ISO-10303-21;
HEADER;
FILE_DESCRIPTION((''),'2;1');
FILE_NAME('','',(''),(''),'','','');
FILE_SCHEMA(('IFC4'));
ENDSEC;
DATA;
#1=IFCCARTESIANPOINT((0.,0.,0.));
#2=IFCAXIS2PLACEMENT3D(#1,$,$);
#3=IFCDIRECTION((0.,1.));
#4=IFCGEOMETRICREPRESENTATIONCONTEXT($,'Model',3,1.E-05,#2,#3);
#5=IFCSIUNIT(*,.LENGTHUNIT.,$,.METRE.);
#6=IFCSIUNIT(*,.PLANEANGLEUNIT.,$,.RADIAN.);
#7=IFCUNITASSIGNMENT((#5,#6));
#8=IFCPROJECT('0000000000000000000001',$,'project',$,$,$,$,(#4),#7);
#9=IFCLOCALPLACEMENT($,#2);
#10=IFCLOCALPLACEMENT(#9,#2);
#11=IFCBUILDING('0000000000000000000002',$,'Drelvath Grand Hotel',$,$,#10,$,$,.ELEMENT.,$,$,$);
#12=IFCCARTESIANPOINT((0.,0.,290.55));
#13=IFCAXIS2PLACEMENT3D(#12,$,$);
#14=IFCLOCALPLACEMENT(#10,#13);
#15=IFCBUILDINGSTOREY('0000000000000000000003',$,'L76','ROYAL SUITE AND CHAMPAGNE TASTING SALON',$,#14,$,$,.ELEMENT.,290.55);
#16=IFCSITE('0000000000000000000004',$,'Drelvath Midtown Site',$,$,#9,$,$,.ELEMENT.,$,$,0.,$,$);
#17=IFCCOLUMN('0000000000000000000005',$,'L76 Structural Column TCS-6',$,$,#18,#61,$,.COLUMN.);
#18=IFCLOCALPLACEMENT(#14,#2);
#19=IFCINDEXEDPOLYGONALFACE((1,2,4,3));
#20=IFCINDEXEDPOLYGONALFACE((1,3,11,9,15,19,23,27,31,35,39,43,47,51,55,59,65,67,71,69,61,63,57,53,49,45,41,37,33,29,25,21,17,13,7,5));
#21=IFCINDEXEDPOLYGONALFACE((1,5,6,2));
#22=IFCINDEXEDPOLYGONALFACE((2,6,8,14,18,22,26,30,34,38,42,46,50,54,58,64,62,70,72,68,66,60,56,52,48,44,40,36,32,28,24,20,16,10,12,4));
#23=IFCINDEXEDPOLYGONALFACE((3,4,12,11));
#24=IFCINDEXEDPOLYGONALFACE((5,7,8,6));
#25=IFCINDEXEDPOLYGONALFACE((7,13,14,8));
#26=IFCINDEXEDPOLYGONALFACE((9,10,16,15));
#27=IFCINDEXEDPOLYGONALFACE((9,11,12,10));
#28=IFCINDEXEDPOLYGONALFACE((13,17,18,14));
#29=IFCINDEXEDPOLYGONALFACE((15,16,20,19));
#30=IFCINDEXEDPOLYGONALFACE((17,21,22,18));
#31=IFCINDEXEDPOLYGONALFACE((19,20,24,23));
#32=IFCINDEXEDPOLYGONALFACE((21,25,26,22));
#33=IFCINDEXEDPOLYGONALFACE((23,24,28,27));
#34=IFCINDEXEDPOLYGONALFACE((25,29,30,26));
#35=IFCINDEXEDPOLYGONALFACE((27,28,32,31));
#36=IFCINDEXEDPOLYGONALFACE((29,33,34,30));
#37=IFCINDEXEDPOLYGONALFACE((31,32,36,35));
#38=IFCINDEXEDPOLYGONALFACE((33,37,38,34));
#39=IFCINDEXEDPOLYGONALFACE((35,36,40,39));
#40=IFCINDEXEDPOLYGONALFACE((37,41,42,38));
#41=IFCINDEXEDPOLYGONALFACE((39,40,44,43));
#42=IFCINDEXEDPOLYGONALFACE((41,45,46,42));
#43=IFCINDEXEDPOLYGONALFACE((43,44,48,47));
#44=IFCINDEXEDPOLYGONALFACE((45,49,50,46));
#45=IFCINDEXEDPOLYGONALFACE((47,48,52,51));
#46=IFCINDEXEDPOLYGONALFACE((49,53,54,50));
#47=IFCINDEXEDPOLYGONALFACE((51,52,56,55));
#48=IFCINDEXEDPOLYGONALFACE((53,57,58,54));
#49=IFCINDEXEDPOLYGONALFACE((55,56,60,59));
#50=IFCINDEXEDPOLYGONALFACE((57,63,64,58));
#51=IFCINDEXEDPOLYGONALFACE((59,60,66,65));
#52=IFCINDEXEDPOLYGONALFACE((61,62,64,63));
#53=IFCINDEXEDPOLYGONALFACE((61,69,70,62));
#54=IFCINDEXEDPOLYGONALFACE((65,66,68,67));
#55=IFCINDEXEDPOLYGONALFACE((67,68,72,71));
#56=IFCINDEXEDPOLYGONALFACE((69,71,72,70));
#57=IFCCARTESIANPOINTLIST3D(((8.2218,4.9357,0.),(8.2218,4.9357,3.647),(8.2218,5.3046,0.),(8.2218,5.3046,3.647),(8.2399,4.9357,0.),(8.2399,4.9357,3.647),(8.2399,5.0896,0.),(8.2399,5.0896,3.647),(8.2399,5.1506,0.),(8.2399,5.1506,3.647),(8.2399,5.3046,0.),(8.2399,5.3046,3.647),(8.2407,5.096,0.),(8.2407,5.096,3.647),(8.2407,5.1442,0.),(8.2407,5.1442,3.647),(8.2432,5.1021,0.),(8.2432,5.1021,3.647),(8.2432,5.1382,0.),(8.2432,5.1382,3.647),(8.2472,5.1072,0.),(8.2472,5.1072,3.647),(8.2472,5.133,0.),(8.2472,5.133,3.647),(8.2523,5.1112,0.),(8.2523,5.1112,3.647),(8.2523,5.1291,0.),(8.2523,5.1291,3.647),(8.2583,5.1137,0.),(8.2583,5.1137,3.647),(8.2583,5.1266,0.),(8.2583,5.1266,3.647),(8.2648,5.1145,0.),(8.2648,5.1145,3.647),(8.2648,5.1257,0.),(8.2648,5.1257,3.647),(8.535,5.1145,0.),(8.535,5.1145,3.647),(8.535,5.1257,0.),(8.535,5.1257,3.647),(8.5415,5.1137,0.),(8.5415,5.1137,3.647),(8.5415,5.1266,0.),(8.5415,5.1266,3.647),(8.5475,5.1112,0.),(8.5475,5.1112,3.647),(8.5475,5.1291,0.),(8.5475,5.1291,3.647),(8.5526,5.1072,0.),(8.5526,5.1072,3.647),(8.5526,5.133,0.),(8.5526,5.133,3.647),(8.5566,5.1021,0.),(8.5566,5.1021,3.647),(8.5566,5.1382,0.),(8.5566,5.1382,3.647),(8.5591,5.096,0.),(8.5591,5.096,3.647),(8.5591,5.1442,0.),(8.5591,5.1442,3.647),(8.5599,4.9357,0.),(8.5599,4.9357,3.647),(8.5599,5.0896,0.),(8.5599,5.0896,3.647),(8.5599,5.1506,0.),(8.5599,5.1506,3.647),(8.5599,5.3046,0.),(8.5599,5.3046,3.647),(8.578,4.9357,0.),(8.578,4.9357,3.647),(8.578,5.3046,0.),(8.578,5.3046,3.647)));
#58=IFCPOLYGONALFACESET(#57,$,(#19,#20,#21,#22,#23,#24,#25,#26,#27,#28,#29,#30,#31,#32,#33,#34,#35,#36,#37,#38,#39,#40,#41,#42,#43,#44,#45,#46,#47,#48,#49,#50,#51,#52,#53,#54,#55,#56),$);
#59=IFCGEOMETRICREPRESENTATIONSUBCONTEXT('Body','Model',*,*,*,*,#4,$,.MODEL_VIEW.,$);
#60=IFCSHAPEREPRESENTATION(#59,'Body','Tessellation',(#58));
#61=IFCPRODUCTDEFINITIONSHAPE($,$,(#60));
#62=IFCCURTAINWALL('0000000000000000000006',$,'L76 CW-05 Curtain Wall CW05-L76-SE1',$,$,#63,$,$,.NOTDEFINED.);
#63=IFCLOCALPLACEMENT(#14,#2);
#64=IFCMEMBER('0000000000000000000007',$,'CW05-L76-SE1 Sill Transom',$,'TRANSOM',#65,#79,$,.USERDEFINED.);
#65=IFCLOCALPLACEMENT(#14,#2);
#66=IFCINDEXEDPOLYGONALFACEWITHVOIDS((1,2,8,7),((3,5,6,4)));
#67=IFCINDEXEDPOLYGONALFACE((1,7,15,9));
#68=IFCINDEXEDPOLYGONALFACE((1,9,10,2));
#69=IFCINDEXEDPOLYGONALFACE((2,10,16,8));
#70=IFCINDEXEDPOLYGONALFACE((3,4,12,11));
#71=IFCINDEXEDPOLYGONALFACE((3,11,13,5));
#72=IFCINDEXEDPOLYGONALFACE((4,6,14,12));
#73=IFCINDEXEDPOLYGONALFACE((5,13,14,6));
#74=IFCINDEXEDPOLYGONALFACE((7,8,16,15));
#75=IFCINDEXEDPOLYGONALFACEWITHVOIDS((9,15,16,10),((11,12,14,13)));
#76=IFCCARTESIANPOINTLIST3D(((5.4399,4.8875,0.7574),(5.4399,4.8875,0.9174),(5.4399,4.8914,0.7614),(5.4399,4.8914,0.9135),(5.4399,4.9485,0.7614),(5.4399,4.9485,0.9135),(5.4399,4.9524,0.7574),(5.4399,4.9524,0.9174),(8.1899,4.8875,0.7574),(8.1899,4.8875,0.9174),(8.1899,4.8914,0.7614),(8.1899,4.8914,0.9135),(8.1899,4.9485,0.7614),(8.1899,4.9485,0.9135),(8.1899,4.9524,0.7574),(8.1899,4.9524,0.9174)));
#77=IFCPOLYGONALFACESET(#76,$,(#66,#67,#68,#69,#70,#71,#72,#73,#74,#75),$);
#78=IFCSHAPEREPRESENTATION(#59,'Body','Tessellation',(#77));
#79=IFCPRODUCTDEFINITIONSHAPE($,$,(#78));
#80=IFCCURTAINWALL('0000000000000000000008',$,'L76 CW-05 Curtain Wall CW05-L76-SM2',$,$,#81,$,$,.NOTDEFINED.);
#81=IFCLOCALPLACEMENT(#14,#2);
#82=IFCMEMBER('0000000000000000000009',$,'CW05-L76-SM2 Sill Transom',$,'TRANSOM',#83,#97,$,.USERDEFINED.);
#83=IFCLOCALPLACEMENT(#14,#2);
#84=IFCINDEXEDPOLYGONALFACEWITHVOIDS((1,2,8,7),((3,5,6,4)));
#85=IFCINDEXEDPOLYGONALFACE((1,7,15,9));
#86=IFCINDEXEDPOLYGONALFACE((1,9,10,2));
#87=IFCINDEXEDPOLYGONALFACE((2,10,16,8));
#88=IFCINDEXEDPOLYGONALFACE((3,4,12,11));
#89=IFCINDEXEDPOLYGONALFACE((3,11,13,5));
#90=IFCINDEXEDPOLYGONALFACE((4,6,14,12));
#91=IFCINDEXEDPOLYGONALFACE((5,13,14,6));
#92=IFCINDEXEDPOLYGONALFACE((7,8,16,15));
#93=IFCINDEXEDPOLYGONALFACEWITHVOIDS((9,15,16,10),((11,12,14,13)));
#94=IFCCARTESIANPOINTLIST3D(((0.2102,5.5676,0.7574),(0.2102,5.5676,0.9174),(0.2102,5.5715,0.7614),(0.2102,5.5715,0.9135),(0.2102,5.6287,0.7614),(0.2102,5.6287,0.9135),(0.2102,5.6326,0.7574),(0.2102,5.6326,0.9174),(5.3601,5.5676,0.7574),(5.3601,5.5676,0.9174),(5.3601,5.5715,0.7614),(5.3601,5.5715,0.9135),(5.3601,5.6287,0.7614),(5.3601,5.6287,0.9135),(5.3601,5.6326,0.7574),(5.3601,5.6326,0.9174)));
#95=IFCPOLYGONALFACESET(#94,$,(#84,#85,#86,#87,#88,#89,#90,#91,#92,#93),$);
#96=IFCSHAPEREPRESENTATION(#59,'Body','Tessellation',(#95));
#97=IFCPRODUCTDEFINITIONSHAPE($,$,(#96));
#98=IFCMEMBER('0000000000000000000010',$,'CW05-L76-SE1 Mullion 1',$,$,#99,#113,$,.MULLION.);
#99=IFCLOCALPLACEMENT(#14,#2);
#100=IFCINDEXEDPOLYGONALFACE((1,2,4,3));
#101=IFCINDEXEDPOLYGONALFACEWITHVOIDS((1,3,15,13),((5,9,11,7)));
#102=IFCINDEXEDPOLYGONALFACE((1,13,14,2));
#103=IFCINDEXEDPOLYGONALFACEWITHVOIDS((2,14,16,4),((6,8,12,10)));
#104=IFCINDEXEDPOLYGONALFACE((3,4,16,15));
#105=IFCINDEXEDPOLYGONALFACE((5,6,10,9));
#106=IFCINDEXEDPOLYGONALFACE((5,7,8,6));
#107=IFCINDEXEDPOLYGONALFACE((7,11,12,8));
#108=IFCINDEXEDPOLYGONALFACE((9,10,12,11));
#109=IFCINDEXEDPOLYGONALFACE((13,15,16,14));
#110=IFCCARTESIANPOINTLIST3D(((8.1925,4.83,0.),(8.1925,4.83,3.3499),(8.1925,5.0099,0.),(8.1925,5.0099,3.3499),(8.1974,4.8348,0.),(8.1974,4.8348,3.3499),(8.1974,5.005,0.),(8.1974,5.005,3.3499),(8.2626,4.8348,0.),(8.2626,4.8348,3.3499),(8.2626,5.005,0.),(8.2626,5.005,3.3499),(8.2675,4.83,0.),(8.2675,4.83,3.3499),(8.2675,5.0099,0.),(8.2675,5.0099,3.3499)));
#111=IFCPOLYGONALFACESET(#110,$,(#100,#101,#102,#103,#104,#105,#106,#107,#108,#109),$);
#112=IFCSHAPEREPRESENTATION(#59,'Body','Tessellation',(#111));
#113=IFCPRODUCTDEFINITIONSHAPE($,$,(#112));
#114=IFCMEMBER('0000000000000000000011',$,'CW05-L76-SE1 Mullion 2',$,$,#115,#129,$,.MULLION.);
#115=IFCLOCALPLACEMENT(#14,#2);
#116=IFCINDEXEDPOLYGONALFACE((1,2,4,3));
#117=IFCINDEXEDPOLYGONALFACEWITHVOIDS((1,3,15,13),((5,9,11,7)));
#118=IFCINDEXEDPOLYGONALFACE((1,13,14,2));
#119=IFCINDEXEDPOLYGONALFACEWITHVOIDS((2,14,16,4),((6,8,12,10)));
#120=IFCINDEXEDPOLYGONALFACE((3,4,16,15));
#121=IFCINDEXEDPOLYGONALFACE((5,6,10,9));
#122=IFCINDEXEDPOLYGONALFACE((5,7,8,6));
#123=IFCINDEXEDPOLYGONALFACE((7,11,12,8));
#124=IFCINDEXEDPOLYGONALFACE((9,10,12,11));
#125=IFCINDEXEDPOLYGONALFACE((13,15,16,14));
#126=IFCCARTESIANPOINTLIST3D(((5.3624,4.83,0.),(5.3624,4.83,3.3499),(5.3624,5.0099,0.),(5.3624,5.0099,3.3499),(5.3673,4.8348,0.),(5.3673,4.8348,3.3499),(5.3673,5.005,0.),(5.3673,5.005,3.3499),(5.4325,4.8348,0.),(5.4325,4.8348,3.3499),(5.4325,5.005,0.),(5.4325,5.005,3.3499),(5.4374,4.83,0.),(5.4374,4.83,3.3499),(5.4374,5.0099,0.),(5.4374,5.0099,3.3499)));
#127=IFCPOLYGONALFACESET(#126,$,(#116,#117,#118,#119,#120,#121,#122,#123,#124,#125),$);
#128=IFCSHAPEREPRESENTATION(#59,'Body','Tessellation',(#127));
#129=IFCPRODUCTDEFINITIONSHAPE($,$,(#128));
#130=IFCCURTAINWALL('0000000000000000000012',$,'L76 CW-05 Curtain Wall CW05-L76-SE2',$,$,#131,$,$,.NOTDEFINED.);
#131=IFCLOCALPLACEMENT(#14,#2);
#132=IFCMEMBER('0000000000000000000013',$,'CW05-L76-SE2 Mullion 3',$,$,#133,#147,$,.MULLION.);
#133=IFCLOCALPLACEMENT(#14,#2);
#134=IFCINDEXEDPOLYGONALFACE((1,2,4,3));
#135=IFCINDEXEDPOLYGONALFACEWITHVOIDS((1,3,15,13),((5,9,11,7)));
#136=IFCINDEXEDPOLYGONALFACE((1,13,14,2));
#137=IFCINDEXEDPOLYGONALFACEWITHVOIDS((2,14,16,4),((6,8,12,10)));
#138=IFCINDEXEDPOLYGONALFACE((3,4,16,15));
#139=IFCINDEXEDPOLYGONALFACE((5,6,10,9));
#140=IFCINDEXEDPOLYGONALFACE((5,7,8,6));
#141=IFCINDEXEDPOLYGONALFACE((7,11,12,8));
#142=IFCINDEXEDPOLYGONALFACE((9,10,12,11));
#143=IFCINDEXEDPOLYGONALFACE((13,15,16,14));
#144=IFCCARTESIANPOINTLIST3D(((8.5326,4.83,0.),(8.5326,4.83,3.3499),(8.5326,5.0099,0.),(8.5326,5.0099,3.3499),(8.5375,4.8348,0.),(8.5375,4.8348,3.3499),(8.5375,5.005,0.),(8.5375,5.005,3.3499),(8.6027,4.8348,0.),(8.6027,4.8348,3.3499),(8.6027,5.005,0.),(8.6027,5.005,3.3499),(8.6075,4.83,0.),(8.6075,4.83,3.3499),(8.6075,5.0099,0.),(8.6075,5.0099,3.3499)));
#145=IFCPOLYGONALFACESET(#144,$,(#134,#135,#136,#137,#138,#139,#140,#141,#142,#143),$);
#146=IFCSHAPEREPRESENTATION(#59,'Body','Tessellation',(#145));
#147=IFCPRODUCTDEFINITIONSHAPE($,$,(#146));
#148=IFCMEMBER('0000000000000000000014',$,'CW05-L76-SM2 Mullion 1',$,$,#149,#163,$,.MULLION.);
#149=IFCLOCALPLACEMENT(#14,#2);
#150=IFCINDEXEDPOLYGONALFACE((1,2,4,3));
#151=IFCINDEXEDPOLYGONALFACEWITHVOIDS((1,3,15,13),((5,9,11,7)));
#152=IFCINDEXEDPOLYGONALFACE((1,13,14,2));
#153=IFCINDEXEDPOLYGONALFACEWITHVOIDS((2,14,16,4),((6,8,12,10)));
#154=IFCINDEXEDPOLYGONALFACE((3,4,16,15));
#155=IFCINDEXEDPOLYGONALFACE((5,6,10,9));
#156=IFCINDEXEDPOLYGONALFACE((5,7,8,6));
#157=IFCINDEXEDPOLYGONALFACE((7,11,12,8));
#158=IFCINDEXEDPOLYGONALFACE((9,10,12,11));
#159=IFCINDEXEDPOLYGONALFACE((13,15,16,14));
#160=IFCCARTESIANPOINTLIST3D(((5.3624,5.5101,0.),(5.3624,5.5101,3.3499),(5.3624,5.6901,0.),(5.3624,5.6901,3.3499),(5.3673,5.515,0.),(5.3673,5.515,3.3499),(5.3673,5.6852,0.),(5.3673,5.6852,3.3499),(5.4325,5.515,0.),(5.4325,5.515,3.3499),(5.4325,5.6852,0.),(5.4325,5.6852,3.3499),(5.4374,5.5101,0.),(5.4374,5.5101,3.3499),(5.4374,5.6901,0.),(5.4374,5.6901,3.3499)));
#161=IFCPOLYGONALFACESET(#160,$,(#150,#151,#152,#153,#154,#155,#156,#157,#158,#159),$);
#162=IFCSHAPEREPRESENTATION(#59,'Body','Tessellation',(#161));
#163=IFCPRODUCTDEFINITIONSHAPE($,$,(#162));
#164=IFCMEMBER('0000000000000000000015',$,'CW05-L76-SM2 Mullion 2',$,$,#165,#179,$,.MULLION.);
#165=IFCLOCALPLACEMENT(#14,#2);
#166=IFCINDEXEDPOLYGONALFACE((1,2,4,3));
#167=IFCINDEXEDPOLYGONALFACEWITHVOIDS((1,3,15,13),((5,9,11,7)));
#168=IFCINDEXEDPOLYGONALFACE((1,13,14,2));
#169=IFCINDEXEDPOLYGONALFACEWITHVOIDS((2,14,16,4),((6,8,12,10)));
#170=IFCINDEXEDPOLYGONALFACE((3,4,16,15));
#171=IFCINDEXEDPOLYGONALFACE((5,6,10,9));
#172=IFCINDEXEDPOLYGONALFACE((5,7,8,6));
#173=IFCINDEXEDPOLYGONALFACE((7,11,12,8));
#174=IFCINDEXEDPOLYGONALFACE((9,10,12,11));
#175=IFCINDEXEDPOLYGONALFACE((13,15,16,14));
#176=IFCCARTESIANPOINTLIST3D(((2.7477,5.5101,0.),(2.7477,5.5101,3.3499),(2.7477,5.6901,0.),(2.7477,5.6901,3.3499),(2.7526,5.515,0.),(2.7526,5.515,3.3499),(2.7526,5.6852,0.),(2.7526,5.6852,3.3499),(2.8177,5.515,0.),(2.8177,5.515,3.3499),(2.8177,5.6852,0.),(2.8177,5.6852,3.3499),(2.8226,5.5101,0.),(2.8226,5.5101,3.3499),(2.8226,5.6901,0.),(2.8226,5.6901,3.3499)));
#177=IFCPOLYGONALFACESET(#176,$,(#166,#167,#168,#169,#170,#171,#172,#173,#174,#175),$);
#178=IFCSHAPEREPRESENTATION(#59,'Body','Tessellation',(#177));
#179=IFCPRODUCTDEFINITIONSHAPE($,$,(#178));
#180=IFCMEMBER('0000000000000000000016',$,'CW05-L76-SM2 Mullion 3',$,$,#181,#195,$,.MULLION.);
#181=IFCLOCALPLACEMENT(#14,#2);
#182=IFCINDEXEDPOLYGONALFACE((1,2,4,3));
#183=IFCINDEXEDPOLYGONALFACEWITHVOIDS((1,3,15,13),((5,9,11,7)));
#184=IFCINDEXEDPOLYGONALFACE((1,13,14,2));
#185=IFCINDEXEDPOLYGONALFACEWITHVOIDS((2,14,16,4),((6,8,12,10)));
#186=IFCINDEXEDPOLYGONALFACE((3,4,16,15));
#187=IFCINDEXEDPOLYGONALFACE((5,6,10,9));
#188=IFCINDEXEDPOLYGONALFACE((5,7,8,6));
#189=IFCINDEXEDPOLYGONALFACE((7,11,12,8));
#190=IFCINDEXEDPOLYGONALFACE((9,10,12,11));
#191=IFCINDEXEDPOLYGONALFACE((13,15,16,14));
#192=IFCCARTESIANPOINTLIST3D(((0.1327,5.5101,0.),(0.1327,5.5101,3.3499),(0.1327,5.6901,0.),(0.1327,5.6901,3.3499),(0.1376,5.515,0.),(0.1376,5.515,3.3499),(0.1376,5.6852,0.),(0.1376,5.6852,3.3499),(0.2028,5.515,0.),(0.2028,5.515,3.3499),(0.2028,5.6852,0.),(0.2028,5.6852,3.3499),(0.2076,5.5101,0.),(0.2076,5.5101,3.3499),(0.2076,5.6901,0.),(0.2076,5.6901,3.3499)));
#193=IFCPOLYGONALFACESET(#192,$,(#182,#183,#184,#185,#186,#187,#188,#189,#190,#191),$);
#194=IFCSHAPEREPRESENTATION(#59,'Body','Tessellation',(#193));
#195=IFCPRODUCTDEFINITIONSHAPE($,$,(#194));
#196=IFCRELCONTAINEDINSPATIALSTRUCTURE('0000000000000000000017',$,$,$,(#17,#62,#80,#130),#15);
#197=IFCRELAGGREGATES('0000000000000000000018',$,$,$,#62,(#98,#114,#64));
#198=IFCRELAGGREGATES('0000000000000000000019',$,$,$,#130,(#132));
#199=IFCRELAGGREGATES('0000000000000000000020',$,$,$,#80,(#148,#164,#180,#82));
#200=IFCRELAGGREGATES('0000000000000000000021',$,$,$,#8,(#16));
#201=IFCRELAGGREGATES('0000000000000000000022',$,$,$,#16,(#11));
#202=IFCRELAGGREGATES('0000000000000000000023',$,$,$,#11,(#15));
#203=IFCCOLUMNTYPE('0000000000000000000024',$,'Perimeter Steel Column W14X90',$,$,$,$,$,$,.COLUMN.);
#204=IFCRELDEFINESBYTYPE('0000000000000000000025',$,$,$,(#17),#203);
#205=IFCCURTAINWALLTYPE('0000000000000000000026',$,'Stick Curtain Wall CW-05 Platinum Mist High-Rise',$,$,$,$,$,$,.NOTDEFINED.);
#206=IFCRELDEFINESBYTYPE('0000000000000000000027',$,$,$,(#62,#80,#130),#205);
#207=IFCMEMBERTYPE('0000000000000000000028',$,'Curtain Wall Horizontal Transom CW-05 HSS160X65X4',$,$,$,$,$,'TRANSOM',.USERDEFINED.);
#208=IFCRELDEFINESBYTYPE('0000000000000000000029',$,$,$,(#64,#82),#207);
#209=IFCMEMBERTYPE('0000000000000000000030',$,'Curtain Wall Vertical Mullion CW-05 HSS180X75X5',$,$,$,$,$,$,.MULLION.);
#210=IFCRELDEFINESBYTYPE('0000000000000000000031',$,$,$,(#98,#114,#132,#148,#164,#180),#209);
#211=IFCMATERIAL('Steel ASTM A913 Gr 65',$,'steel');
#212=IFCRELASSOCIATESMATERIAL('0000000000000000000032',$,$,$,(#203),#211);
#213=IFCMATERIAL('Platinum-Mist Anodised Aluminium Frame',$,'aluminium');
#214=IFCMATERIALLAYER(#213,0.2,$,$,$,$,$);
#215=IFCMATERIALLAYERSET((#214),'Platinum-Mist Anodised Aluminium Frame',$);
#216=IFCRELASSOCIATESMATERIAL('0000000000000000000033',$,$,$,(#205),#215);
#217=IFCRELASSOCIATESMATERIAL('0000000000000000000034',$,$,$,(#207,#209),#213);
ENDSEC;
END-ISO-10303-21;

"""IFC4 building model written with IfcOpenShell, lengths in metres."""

from ifc_helpers import new_model, si_unit, direction, frame, origin, origin_2d, place, context, subcontext, project, spatial, hollow_rectangle, i_section, extrude, material, layer, layer_set, material_profile, profile_set, type_object, element, aggregate, save


model = new_model("IFC4")

# Units and contexts
model_context = context("Model", 3, precision=1e-05, world=origin(), true_north=direction((0.0, 1.0)))
body_context = subcontext(model_context, "Body", "Model", "MODEL_VIEW")
ifc_project = project(units=[si_unit("LENGTHUNIT", "METRE"), si_unit("PLANEANGLEUNIT", "RADIAN")], contexts=[model_context])

# Site, building, storey
site_placement = place(None, origin())
site = spatial("IfcSite", under=ifc_project, at=site_placement, Name="Drelvath Midtown Site", CompositionType="ELEMENT", RefElevation=0.0)
building_placement = place(site_placement, origin())
building = spatial("IfcBuilding", under=site, at=building_placement, Name="Drelvath Grand Hotel", CompositionType="ELEMENT")
storey_placement = place(building_placement, frame((0.0, 0.0, 290.55)))
storey = spatial("IfcBuildingStorey", under=building, at=storey_placement, Name="L76", Description="ROYAL SUITE AND CHAMPAGNE TASTING SALON", CompositionType="ELEMENT", Elevation=290.55)

# Column
ifc_material_1 = material(Name="Steel ASTM A913 Gr 65", Category="steel")
ifc_material_profile_1 = material_profile(ifc_material_1, i_section(OverallWidth=0.3689, OverallDepth=0.3562, WebThickness=0.0112, FlangeThickness=0.0181, FilletRadius=0.0249, at=origin_2d()), Name="W14X90")
ifc_profile_set_1 = profile_set([ifc_material_profile_1], Name="Steel ASTM A913 Gr 65")
column_type = type_object("IfcColumnType", Name="Perimeter Steel Column W14X90", PredefinedType="COLUMN", material=ifc_profile_set_1)
column_placement = place(storey_placement, frame((8.3999, 5.1201, 0.0), z_axis=(0.0, 0.0, 1.0), x_axis=(0.0, 1.0, 0.0)))
element("IfcColumn", 1, at=column_placement, inside=storey, type_object=column_type, Name="L76 Structural Column TCS-6", PredefinedType="COLUMN", context=body_context, shape_type="SweptSolid", body=[
    extrude(i_section(OverallWidth=0.3689, OverallDepth=0.3562, WebThickness=0.0112, FlangeThickness=0.0181, FilletRadius=0.0249, at=origin_2d()), origin(), (0.0, 0.0, 1.0), 3.647),
])

# Curtain walls, members
ifc_material_2 = material(Name="Platinum-Mist Anodised Aluminium Frame", Category="aluminium")
ifc_layer_1 = layer(ifc_material_2, 0.2)
ifc_layer_set_1 = layer_set([ifc_layer_1], Name="Platinum-Mist Anodised Aluminium Frame")
curtain_wall_type = type_object("IfcCurtainWallType", Name="Stick Curtain Wall CW-05 Platinum Mist High-Rise", PredefinedType="NOTDEFINED", material=ifc_layer_set_1)
curtain_wall_1_placement = place(storey_placement, origin())
curtain_wall_1 = element("IfcCurtainWall", 2, at=curtain_wall_1_placement, inside=storey, type_object=curtain_wall_type, Name="L76 CW-05 Curtain Wall CW05-L76-SE1", PredefinedType="NOTDEFINED")
ifc_material_profile_2 = material_profile(ifc_material_2, hollow_rectangle(XDim=0.0649, YDim=0.1599, WallThickness=0.0039, at=origin_2d()), Name="HSS160X65X4")
ifc_profile_set_2 = profile_set([ifc_material_profile_2], Name="Platinum-Mist Anodised Aluminium Frame")
member_type_1 = type_object("IfcMemberType", Name="Curtain Wall Horizontal Transom CW-05 HSS160X65X4", ElementType="TRANSOM", PredefinedType="USERDEFINED", material=ifc_profile_set_2)
member_1_placement = place(storey_placement, frame((8.1899, 4.9199, 0.8374), z_axis=(-1.0, 0.0, 0.0), x_axis=(0.0, -1.0, 0.0)))
member_1 = element("IfcMember", 3, at=member_1_placement, type_object=member_type_1, Name="CW05-L76-SE1 Sill Transom", ObjectType="TRANSOM", PredefinedType="USERDEFINED", context=body_context, shape_type="SweptSolid", body=[
    extrude(hollow_rectangle(XDim=0.0649, YDim=0.1599, WallThickness=0.0039, at=origin_2d()), origin(), (0.0, 0.0, 1.0), 2.75),
])
curtain_wall_2_placement = place(storey_placement, origin())
curtain_wall_2 = element("IfcCurtainWall", 4, at=curtain_wall_2_placement, inside=storey, type_object=curtain_wall_type, Name="L76 CW-05 Curtain Wall CW05-L76-SM2", PredefinedType="NOTDEFINED")
member_2_placement = place(storey_placement, frame((5.3601, 5.6001, 0.8374), z_axis=(-1.0, 0.0, 0.0), x_axis=(0.0, -1.0, 0.0)))
member_2 = element("IfcMember", 5, at=member_2_placement, type_object=member_type_1, Name="CW05-L76-SM2 Sill Transom", ObjectType="TRANSOM", PredefinedType="USERDEFINED", context=body_context, shape_type="SweptSolid", body=[
    extrude(hollow_rectangle(XDim=0.0649, YDim=0.1599, WallThickness=0.0039, at=origin_2d()), origin(), (0.0, 0.0, 1.0), 5.1499),
])

# Members
ifc_material_profile_3 = material_profile(ifc_material_2, hollow_rectangle(XDim=0.075, YDim=0.1799, WallThickness=0.0049, at=origin_2d()), Name="HSS180X75X5")
ifc_profile_set_3 = profile_set([ifc_material_profile_3], Name="Platinum-Mist Anodised Aluminium Frame")
member_type_2 = type_object("IfcMemberType", Name="Curtain Wall Vertical Mullion CW-05 HSS180X75X5", PredefinedType="MULLION", material=ifc_profile_set_3)
member_3_placement = place(storey_placement, frame((8.23, 4.9199, 0.0), z_axis=(0.0, 0.0, 1.0), x_axis=(1.0, 0.0, 0.0)))
member_3 = element("IfcMember", 6, at=member_3_placement, type_object=member_type_2, Name="CW05-L76-SE1 Mullion 1", PredefinedType="MULLION", context=body_context, shape_type="SweptSolid", body=[
    extrude(hollow_rectangle(XDim=0.075, YDim=0.1799, WallThickness=0.0049, at=origin_2d()), origin(), (0.0, 0.0, 1.0), 3.3499),
])
member_4_placement = place(storey_placement, frame((5.3999, 4.9199, 0.0), z_axis=(0.0, 0.0, 1.0), x_axis=(1.0, 0.0, 0.0)))
member_4 = element("IfcMember", 7, at=member_4_placement, type_object=member_type_2, Name="CW05-L76-SE1 Mullion 2", PredefinedType="MULLION", context=body_context, shape_type="SweptSolid", body=[
    extrude(hollow_rectangle(XDim=0.075, YDim=0.1799, WallThickness=0.0049, at=origin_2d()), origin(), (0.0, 0.0, 1.0), 3.3499),
])

# Curtain wall, member
curtain_wall_3_placement = place(storey_placement, origin())
curtain_wall_3 = element("IfcCurtainWall", 8, at=curtain_wall_3_placement, inside=storey, type_object=curtain_wall_type, Name="L76 CW-05 Curtain Wall CW05-L76-SE2", PredefinedType="NOTDEFINED")
member_5_placement = place(storey_placement, frame((8.5701, 4.9199, 0.0), z_axis=(0.0, 0.0, 1.0), x_axis=(1.0, 0.0, 0.0)))
member_5 = element("IfcMember", 9, at=member_5_placement, type_object=member_type_2, Name="CW05-L76-SE2 Mullion 3", PredefinedType="MULLION", context=body_context, shape_type="SweptSolid", body=[
    extrude(hollow_rectangle(XDim=0.075, YDim=0.1799, WallThickness=0.0049, at=origin_2d()), origin(), (0.0, 0.0, 1.0), 3.3499),
])

# Members
member_6_placement = place(storey_placement, frame((5.3999, 5.6001, 0.0), z_axis=(0.0, 0.0, 1.0), x_axis=(1.0, 0.0, 0.0)))
member_6 = element("IfcMember", 10, at=member_6_placement, type_object=member_type_2, Name="CW05-L76-SM2 Mullion 1", PredefinedType="MULLION", context=body_context, shape_type="SweptSolid", body=[
    extrude(hollow_rectangle(XDim=0.075, YDim=0.1799, WallThickness=0.0049, at=origin_2d()), origin(), (0.0, 0.0, 1.0), 3.3499),
])
member_7_placement = place(storey_placement, frame((2.7852, 5.6001, 0.0), z_axis=(0.0, 0.0, 1.0), x_axis=(1.0, 0.0, 0.0)))
member_7 = element("IfcMember", 11, at=member_7_placement, type_object=member_type_2, Name="CW05-L76-SM2 Mullion 2", PredefinedType="MULLION", context=body_context, shape_type="SweptSolid", body=[
    extrude(hollow_rectangle(XDim=0.075, YDim=0.1799, WallThickness=0.0049, at=origin_2d()), origin(), (0.0, 0.0, 1.0), 3.3499),
])
member_8_placement = place(storey_placement, frame((0.1702, 5.6001, 0.0), z_axis=(0.0, 0.0, 1.0), x_axis=(1.0, 0.0, 0.0)))
member_8 = element("IfcMember", 12, at=member_8_placement, type_object=member_type_2, Name="CW05-L76-SM2 Mullion 3", PredefinedType="MULLION", context=body_context, shape_type="SweptSolid", body=[
    extrude(hollow_rectangle(XDim=0.075, YDim=0.1799, WallThickness=0.0049, at=origin_2d()), origin(), (0.0, 0.0, 1.0), 3.3499),
])

aggregate(curtain_wall_1, [member_3, member_4, member_1])
aggregate(curtain_wall_3, [member_5])
aggregate(curtain_wall_2, [member_6, member_7, member_8, member_2])

save(model, "model.ifc")
